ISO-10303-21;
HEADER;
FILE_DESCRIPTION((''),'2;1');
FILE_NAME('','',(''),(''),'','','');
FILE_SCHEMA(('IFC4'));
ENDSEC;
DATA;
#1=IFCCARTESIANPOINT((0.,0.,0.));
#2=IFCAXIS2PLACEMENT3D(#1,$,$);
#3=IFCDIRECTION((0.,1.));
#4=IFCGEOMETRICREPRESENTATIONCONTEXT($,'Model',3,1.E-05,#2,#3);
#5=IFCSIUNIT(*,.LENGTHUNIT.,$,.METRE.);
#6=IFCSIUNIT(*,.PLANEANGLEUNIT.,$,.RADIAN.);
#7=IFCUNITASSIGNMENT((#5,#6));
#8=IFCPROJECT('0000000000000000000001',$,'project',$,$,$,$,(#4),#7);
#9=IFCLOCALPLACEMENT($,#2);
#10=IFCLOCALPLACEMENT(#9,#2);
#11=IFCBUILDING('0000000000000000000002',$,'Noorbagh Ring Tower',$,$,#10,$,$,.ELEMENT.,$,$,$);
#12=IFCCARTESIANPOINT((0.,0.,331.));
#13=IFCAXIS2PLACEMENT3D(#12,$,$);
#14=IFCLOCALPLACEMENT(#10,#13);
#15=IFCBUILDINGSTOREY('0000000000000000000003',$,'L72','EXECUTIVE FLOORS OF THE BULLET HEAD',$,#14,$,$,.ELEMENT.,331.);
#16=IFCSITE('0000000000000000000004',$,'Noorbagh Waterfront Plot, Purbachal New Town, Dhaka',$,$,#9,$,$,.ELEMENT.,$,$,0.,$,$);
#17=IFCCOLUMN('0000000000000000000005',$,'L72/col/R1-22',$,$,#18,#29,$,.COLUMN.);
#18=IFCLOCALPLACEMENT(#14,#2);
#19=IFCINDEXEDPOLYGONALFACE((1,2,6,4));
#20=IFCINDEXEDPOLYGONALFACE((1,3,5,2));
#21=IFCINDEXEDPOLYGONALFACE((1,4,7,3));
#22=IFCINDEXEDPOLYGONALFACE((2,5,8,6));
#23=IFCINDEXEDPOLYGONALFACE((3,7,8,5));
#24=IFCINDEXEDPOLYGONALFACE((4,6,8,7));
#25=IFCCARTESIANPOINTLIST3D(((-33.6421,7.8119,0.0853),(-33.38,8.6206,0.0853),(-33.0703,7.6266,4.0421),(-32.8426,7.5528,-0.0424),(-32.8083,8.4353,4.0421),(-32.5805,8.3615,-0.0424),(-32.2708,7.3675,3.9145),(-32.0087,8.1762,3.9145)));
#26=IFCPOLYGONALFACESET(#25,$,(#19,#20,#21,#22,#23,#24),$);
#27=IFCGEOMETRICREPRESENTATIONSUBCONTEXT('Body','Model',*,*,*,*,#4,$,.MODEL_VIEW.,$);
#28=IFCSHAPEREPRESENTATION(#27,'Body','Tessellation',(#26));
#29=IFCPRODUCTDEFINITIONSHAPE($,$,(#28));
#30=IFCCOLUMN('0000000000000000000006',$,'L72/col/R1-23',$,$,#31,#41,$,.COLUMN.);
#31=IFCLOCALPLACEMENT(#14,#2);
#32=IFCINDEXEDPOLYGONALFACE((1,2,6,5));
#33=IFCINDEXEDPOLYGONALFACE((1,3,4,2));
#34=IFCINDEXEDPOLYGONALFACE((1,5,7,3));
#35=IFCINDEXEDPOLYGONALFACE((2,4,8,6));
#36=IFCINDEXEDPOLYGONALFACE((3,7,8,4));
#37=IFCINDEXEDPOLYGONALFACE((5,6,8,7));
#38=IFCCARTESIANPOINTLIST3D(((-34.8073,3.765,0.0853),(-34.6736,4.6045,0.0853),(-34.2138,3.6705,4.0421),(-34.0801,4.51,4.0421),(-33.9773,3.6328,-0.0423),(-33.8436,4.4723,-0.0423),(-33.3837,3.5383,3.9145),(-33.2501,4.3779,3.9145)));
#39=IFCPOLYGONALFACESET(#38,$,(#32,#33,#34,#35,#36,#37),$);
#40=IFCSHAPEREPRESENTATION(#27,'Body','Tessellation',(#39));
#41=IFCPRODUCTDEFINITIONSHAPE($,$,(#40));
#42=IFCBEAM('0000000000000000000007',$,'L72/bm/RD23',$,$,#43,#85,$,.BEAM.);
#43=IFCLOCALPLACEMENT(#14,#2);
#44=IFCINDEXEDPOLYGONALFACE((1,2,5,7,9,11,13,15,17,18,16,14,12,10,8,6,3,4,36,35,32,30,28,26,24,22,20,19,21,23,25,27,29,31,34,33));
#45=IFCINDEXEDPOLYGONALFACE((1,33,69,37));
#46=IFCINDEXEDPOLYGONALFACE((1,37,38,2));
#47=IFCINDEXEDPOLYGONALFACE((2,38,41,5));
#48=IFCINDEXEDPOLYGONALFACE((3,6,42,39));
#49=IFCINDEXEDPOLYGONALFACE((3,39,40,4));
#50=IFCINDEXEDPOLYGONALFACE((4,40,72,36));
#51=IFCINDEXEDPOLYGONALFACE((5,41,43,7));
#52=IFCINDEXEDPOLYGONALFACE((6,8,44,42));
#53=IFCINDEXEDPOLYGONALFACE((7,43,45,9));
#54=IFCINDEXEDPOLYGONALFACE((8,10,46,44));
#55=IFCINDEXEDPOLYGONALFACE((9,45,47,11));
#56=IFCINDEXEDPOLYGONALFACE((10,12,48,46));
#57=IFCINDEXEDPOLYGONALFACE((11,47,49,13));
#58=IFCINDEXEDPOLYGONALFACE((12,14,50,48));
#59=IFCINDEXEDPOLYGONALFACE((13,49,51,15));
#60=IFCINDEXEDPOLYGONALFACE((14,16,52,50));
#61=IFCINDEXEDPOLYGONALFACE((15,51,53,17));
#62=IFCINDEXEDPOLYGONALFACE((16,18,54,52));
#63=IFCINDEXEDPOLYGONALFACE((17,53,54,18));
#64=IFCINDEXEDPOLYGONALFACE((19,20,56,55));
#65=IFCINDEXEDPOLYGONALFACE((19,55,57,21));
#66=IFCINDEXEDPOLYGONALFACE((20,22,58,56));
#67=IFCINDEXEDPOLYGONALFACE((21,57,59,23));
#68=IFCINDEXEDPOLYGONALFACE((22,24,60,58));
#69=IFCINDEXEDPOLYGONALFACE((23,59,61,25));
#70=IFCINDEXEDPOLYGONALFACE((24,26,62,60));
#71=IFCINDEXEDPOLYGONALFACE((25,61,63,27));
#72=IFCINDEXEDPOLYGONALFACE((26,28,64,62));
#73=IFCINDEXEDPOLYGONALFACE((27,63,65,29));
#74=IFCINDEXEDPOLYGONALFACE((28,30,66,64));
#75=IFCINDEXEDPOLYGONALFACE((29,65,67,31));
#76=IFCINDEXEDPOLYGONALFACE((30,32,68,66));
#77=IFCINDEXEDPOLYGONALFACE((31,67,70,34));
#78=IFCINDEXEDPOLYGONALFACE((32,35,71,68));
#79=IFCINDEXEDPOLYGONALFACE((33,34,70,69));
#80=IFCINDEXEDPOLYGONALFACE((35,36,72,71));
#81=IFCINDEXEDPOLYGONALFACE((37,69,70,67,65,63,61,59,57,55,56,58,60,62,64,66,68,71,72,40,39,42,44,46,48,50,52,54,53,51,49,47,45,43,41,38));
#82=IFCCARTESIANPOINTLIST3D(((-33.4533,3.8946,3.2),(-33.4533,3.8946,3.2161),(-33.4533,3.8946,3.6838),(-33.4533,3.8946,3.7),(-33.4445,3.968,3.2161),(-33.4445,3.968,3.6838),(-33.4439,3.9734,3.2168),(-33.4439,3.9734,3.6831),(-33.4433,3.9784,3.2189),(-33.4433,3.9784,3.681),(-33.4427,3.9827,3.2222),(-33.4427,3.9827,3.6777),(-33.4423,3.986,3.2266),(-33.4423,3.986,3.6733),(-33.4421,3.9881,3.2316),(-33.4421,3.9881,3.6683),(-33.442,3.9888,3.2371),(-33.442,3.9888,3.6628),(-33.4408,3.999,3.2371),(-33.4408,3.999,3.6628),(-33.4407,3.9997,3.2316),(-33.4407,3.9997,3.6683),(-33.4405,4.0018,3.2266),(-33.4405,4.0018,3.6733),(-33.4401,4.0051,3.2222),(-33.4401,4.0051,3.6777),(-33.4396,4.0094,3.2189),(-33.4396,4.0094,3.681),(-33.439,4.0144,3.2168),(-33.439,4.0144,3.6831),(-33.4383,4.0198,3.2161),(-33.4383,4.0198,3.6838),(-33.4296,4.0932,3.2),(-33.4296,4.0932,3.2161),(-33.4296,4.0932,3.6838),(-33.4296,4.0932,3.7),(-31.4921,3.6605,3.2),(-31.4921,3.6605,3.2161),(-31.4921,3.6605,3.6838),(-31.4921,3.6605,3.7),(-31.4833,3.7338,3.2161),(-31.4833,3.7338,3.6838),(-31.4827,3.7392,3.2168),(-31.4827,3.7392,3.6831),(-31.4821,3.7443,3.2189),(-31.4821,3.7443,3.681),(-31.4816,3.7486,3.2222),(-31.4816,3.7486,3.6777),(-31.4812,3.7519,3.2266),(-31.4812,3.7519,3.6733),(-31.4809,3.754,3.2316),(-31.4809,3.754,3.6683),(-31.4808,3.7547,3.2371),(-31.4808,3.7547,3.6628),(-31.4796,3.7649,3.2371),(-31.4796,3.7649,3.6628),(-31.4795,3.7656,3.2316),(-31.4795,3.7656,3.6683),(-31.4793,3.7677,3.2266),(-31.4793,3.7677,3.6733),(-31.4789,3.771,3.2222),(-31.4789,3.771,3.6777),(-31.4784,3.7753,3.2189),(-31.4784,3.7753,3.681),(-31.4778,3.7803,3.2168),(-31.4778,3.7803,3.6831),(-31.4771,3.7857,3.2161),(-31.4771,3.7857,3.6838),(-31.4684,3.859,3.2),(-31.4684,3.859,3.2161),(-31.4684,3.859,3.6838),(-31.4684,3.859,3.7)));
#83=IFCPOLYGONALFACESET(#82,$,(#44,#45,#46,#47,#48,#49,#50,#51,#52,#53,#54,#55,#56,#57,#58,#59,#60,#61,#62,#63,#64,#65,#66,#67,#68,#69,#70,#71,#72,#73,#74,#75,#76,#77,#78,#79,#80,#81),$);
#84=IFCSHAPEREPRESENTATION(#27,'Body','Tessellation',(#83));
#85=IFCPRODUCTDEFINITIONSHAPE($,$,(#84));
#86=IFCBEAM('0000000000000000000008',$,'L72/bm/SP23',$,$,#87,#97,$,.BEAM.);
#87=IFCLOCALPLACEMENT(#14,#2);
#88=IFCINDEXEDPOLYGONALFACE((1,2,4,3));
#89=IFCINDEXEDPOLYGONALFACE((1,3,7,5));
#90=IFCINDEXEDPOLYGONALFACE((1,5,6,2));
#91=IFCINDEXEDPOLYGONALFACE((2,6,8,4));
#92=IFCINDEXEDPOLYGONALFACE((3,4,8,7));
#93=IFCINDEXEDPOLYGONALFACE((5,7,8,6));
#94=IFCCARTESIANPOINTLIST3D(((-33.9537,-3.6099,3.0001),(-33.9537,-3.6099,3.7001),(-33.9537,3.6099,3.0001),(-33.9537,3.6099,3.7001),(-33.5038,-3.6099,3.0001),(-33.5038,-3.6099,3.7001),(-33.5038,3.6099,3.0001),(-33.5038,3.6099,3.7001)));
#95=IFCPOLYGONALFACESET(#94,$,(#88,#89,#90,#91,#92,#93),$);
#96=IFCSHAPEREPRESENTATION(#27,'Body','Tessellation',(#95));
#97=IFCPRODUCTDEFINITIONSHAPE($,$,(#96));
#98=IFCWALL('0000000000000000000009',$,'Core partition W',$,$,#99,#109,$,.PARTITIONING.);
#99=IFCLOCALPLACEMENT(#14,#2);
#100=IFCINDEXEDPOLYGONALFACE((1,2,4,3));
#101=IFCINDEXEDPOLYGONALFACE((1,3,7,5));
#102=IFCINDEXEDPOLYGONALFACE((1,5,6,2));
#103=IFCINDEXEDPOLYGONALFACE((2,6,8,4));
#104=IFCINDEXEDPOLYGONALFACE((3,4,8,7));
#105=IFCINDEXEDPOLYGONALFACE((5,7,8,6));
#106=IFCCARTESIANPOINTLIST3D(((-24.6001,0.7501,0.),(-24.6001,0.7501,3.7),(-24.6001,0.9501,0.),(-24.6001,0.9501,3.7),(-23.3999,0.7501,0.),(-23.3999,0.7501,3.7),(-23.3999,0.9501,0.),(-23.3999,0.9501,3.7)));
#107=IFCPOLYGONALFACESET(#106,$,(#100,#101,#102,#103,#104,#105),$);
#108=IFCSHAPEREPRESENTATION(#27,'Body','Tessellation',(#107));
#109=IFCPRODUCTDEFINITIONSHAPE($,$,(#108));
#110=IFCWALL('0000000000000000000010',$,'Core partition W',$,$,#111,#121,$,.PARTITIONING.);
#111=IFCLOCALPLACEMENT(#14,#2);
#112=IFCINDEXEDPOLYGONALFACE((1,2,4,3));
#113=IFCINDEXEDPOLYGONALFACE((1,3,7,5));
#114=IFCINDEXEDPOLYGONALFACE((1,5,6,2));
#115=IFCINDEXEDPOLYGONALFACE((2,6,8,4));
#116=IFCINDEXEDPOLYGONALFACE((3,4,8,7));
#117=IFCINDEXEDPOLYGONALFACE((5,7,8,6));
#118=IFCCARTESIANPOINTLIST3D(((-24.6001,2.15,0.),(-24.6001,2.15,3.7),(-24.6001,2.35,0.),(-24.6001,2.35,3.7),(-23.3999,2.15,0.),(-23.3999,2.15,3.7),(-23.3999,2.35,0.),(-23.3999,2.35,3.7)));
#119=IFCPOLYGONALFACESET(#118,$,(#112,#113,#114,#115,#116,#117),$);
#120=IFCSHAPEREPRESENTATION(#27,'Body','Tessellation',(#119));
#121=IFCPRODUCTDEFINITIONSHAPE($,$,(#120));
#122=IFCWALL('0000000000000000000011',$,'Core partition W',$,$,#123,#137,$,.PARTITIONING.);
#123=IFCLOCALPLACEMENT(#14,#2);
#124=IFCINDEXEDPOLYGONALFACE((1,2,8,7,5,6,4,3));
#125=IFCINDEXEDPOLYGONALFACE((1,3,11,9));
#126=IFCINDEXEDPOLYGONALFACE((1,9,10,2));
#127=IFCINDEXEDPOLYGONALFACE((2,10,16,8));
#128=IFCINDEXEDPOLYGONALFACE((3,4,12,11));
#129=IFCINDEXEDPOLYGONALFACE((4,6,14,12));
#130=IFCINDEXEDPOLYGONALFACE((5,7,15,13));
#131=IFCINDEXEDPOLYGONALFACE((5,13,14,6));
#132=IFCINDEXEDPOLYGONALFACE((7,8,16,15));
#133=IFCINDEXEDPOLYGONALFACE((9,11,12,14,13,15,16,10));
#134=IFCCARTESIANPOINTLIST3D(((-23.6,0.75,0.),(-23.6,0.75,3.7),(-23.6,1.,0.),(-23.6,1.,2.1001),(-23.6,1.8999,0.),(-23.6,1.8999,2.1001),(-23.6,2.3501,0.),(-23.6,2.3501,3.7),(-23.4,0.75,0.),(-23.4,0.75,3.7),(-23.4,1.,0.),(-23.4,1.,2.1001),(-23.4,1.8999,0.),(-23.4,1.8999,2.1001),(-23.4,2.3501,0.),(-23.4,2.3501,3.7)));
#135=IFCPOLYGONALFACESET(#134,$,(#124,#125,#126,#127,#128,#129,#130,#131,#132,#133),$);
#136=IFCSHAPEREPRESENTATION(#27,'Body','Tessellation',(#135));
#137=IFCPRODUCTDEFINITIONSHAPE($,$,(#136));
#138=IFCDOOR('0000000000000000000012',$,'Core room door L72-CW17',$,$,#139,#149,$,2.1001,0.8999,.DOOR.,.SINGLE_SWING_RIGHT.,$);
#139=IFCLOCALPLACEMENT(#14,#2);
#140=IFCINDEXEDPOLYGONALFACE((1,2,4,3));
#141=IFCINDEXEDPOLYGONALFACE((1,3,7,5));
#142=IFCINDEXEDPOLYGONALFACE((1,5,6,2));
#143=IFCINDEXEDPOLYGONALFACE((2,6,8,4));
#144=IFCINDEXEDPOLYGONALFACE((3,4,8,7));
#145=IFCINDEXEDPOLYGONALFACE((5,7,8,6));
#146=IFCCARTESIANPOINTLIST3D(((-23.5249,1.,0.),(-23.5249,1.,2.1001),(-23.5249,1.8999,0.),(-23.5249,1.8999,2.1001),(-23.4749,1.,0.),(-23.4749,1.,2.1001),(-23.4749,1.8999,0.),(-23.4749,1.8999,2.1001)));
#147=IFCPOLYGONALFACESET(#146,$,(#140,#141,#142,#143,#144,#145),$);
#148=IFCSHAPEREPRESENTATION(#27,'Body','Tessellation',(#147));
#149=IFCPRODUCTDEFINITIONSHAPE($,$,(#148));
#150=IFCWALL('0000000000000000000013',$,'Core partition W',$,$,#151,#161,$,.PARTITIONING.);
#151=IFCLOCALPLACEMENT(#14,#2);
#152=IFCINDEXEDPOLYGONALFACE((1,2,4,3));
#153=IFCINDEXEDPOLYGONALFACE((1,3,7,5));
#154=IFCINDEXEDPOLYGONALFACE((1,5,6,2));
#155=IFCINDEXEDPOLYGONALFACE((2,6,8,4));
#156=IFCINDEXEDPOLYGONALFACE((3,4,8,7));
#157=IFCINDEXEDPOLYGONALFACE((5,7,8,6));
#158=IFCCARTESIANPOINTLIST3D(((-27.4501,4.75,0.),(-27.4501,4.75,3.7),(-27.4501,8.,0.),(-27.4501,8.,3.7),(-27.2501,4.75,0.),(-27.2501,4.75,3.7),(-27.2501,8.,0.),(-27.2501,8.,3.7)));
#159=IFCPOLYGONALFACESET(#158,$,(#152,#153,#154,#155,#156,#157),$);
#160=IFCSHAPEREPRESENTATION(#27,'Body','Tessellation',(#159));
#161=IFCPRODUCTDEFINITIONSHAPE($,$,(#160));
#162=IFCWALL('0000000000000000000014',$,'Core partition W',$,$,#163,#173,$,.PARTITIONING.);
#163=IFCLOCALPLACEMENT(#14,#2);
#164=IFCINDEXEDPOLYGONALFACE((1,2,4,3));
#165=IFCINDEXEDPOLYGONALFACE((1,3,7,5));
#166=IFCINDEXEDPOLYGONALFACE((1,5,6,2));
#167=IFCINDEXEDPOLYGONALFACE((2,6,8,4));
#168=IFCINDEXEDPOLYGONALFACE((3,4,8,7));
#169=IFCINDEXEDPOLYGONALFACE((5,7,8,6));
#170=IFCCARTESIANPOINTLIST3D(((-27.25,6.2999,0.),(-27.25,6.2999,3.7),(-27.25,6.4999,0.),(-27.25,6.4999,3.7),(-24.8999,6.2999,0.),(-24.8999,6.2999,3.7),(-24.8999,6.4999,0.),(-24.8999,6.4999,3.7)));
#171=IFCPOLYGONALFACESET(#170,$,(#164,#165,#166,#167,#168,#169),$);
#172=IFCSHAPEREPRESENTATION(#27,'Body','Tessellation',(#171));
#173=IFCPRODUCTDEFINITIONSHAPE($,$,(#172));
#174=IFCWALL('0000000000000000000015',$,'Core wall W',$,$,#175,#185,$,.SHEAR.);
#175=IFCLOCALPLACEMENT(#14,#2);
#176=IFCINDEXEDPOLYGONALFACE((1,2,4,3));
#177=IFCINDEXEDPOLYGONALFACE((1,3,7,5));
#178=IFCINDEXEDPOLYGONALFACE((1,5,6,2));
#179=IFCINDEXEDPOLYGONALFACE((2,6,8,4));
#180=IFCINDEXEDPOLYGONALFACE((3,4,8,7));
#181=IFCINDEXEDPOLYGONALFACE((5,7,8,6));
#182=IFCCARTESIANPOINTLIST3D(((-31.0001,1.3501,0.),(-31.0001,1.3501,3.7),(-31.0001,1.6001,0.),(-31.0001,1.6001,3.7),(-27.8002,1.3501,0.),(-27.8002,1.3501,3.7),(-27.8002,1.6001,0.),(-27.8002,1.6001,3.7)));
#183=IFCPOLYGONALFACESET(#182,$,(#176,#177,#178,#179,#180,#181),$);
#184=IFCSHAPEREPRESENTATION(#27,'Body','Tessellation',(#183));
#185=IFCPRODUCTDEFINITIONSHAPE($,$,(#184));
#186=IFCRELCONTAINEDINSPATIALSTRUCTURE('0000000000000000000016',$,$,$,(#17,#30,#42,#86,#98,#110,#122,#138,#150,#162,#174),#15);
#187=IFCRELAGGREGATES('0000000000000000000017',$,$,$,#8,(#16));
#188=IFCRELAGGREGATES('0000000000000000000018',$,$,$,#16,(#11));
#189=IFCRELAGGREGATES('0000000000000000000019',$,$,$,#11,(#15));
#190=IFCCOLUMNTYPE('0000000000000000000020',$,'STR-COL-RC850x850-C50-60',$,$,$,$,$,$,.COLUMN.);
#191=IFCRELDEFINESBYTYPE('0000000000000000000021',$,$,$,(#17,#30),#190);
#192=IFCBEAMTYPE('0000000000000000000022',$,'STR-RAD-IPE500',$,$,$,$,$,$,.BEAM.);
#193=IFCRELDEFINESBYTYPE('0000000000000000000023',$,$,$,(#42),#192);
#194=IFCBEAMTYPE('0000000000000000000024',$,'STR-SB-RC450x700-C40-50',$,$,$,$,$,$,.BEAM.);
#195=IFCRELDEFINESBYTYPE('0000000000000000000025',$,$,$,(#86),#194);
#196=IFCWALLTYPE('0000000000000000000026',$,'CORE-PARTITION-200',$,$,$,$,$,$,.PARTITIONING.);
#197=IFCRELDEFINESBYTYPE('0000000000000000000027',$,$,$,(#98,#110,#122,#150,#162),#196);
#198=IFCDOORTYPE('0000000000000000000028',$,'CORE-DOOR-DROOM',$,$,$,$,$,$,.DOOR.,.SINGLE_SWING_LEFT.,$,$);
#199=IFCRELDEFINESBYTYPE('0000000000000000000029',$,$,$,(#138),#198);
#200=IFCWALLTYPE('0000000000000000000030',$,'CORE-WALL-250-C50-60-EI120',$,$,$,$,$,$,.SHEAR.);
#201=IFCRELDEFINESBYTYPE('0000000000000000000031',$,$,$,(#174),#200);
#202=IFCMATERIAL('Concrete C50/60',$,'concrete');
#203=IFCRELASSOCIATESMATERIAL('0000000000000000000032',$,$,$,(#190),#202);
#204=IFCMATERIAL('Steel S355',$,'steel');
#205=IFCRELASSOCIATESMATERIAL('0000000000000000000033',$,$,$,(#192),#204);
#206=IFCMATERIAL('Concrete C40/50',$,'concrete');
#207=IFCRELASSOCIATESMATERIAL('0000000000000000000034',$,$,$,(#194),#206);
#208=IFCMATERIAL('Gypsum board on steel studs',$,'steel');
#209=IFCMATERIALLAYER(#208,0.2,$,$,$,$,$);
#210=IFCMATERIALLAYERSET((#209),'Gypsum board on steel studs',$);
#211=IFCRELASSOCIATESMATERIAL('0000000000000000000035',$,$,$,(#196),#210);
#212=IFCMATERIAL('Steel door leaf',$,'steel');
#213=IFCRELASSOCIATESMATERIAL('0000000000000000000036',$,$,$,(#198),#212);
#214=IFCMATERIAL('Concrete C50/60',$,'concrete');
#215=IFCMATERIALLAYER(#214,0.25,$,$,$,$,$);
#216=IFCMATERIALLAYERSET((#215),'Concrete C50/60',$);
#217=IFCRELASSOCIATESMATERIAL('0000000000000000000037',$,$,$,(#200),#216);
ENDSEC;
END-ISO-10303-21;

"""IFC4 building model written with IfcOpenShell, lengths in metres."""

from ifc_helpers import new_model, si_unit, direction, frame, frame_2d, origin, origin_2d, place, context, subcontext, project, spatial, rectangle, i_section, extrude, material, layer, layer_set, material_profile, profile_set, type_object, element, fill, save


model = new_model("IFC4")

# Units and contexts
model_context = context("Model", 3, precision=1e-05, world=origin(), true_north=direction((0.0, 1.0)))
body_context = subcontext(model_context, "Body", "Model", "MODEL_VIEW")
ifc_project = project(units=[si_unit("LENGTHUNIT", "METRE"), si_unit("PLANEANGLEUNIT", "RADIAN")], contexts=[model_context])

# Site, building, storey
site_placement = place(None, origin())
site = spatial("IfcSite", under=ifc_project, at=site_placement, Name="Noorbagh Waterfront Plot, Purbachal New Town, Dhaka", CompositionType="ELEMENT", RefElevation=0.0)
building_placement = place(site_placement, origin())
building = spatial("IfcBuilding", under=site, at=building_placement, Name="Noorbagh Ring Tower", CompositionType="ELEMENT")
storey_placement = place(building_placement, frame((0.0, 0.0, 331.0)))
storey = spatial("IfcBuildingStorey", under=building, at=storey_placement, Name="L72", Description="EXECUTIVE FLOORS OF THE BULLET HEAD", CompositionType="ELEMENT", Elevation=331.0)

# Columns
ifc_material_1 = material(Name="Concrete C50/60", Category="concrete")
ifc_material_profile_1 = material_profile(ifc_material_1, rectangle(XDim=0.8501, YDim=0.8501, at=origin_2d()), Name="RC850x850")
ifc_profile_set_1 = profile_set([ifc_material_profile_1], Name="Concrete C50/60")
column_type = type_object("IfcColumnType", Name="STR-COL-RC850x850-C50-60", PredefinedType="COLUMN", material=ifc_profile_set_1)
for number, where, z_axis, x_axis, name in (
    (1, (-33.1113, 8.0867, 0.0215), (0.142867, -0.0463, 0.988658), (0.308296, 0.95129, 0.0), "L72/col/R1-22"),
    (2, (-34.3254, 4.1187, 0.0215), (0.148296, -0.023608, 0.988661), (0.157214, 0.987565, 0.0), "L72/col/R1-23"),
):
    element("IfcColumn", number, at=place(storey_placement, frame(where, z_axis=z_axis, x_axis=x_axis)), inside=storey, type_object=column_type, Name=name, PredefinedType="COLUMN", context=body_context, shape_type="SweptSolid", body=[
        extrude(rectangle(XDim=0.8501, YDim=0.8501, at=origin_2d()), origin(), (0.0, 0.0, 1.0), 4.0022),
    ])

# Beams
ifc_material_2 = material(Name="Steel S355", Category="steel")
ifc_material_profile_2 = material_profile(ifc_material_2, i_section(OverallWidth=0.2, OverallDepth=0.5, WebThickness=0.0103, FlangeThickness=0.0161, FilletRadius=0.021, at=origin_2d()), Name="IPE500")
ifc_profile_set_2 = profile_set([ifc_material_profile_2], Name="Steel S355")
beam_type_1 = type_object("IfcBeamType", Name="STR-RAD-IPE500", PredefinedType="BEAM", material=ifc_profile_set_2)
beam_1_placement = place(storey_placement, frame((-33.4414, 3.9939, 3.45), z_axis=(0.992949, -0.118541, 0.0), x_axis=(0.118541, 0.992949, 0.0)))
element("IfcBeam", 3, at=beam_1_placement, inside=storey, type_object=beam_type_1, Name="L72/bm/RD23", PredefinedType="BEAM", context=body_context, shape_type="SweptSolid", body=[
    extrude(i_section(OverallWidth=0.2, OverallDepth=0.5, WebThickness=0.0103, FlangeThickness=0.0161, FilletRadius=0.021, at=origin_2d()), origin(), (0.0, 0.0, 1.0), 1.9751),
])
ifc_material_3 = material(Name="Concrete C40/50", Category="concrete")
ifc_material_profile_3 = material_profile(ifc_material_3, rectangle(XDim=0.45, YDim=0.7, at=origin_2d()), Name="RC450x700")
ifc_profile_set_3 = profile_set([ifc_material_profile_3], Name="Concrete C40/50")
beam_type_2 = type_object("IfcBeamType", Name="STR-SB-RC450x700-C40-50", PredefinedType="BEAM", material=ifc_profile_set_3)
beam_2_placement = place(storey_placement, frame((-33.7288, 3.6099, 3.3501), z_axis=(0.0, -1.0, 0.0), x_axis=(1.0, 0.0, 0.0)))
element("IfcBeam", 4, at=beam_2_placement, inside=storey, type_object=beam_type_2, Name="L72/bm/SP23", PredefinedType="BEAM", context=body_context, shape_type="SweptSolid", body=[
    extrude(rectangle(XDim=0.45, YDim=0.7, at=origin_2d()), origin(), (0.0, 0.0, 1.0), 7.2197),
])

# Walls
ifc_material_4 = material(Name="Gypsum board on steel studs", Category="steel")
ifc_layer_1 = layer(ifc_material_4, 0.2)
ifc_layer_set_1 = layer_set([ifc_layer_1], Name="Gypsum board on steel studs")
wall_type_1 = type_object("IfcWallType", Name="CORE-PARTITION-200", PredefinedType="PARTITIONING", material=ifc_layer_set_1)
for number, where, z_axis, x_axis, name in (
    (5, (-23.3999, 0.8501, 0.0), (0.0, 0.0, 1.0), (-1.0, 0.0, 0.0), "Core partition W"),
    (6, (-23.3999, 2.25, 0.0), (0.0, 0.0, 1.0), (-1.0, 0.0, 0.0), "Core partition W"),
):
    element("IfcWall", number, at=place(storey_placement, frame(where, z_axis=z_axis, x_axis=x_axis)), inside=storey, type_object=wall_type_1, Name=name, PredefinedType="PARTITIONING", context=body_context, shape_type="SweptSolid", body=[
        extrude(rectangle(XDim=1.2002, YDim=0.2, at=frame_2d((0.6001, 0.0))), origin(), (0.0, 0.0, 1.0), 3.7),
    ])

# Wall, opening, door
wall_1_placement = place(storey_placement, frame((-23.5, 0.75, 0.0), z_axis=(0.0, 0.0, 1.0), x_axis=(0.0, 1.0, 0.0)))
wall_1 = element("IfcWall", 7, at=wall_1_placement, inside=storey, type_object=wall_type_1, Name="Core partition W", PredefinedType="PARTITIONING", context=body_context, shape_type="SweptSolid", body=[
    extrude(rectangle(XDim=1.6001, YDim=0.2, at=frame_2d((0.8, 0.0))), origin(), (0.0, 0.0, 1.0), 3.7),
])
opening_1_placement = place(wall_1_placement, frame((0.25, 0.0, 0.0)))
opening_1 = element("IfcOpeningElement", 8, at=opening_1_placement, cuts=wall_1, PredefinedType="OPENING", context=body_context, shape_type="SweptSolid", body=[
    extrude(rectangle(XDim=0.8999, YDim=2.1001, at=frame_2d((0.45, 1.05))), frame((0.0, 0.1099, 0.0), z_axis=(0.0, -1.0, 0.0), x_axis=(1.0, 0.0, 0.0)), (0.0, 0.0, 1.0), 0.22),
])
ifc_material_5 = material(Name="Steel door leaf", Category="steel")
door_type_1 = type_object("IfcDoorType", Name="CORE-DOOR-DROOM", OperationType="SINGLE_SWING_LEFT", PredefinedType="DOOR", material=ifc_material_5)
door_1_placement = place(opening_1_placement, origin())
door_1 = element("IfcDoor", 9, at=door_1_placement, inside=storey, type_object=door_type_1, Name="Core room door L72-CW17", OperationType="SINGLE_SWING_RIGHT", OverallHeight=2.1001, OverallWidth=0.8999, PredefinedType="DOOR", context=body_context, shape_type="SweptSolid", body=[
    extrude(rectangle(XDim=0.8999, YDim=2.1001, at=frame_2d((0.45, 1.05))), frame((0.0, 0.0249, 0.0), z_axis=(0.0, -1.0, 0.0), x_axis=(1.0, 0.0, 0.0)), (0.0, 0.0, 1.0), 0.05),
])
fill(opening_1, door_1)

# Walls
wall_2_placement = place(storey_placement, frame((-27.3501, 4.75, 0.0), z_axis=(0.0, 0.0, 1.0), x_axis=(0.0, 1.0, 0.0)))
element("IfcWall", 10, at=wall_2_placement, inside=storey, type_object=wall_type_1, Name="Core partition W", PredefinedType="PARTITIONING", context=body_context, shape_type="SweptSolid", body=[
    extrude(rectangle(XDim=3.25, YDim=0.2, at=frame_2d((1.625, 0.0))), origin(), (0.0, 0.0, 1.0), 3.7),
])
wall_3_placement = place(storey_placement, frame((-24.8999, 6.3999, 0.0), z_axis=(0.0, 0.0, 1.0), x_axis=(-1.0, 0.0, 0.0)))
element("IfcWall", 11, at=wall_3_placement, inside=storey, type_object=wall_type_1, Name="Core partition W", PredefinedType="PARTITIONING", context=body_context, shape_type="SweptSolid", body=[
    extrude(rectangle(XDim=2.3501, YDim=0.2, at=frame_2d((1.175, 0.0))), origin(), (0.0, 0.0, 1.0), 3.7),
])
ifc_material_6 = material(Name="Concrete C50/60", Category="concrete")
ifc_layer_2 = layer(ifc_material_6, 0.25)
ifc_layer_set_2 = layer_set([ifc_layer_2], Name="Concrete C50/60")
wall_type_2 = type_object("IfcWallType", Name="CORE-WALL-250-C50-60-EI120", PredefinedType="SHEAR", material=ifc_layer_set_2)
wall_4_placement = place(storey_placement, frame((-27.8, 1.4751, 0.0), z_axis=(0.0, 0.0, 1.0), x_axis=(-1.0, 0.0, 0.0)))
element("IfcWall", 12, at=wall_4_placement, inside=storey, type_object=wall_type_2, Name="Core wall W", PredefinedType="SHEAR", context=body_context, shape_type="SweptSolid", body=[
    extrude(rectangle(XDim=3.2, YDim=0.25, at=frame_2d((1.6001, 0.0))), origin(), (0.0, 0.0, 1.0), 3.7),
])

save(model, "model.ifc")
